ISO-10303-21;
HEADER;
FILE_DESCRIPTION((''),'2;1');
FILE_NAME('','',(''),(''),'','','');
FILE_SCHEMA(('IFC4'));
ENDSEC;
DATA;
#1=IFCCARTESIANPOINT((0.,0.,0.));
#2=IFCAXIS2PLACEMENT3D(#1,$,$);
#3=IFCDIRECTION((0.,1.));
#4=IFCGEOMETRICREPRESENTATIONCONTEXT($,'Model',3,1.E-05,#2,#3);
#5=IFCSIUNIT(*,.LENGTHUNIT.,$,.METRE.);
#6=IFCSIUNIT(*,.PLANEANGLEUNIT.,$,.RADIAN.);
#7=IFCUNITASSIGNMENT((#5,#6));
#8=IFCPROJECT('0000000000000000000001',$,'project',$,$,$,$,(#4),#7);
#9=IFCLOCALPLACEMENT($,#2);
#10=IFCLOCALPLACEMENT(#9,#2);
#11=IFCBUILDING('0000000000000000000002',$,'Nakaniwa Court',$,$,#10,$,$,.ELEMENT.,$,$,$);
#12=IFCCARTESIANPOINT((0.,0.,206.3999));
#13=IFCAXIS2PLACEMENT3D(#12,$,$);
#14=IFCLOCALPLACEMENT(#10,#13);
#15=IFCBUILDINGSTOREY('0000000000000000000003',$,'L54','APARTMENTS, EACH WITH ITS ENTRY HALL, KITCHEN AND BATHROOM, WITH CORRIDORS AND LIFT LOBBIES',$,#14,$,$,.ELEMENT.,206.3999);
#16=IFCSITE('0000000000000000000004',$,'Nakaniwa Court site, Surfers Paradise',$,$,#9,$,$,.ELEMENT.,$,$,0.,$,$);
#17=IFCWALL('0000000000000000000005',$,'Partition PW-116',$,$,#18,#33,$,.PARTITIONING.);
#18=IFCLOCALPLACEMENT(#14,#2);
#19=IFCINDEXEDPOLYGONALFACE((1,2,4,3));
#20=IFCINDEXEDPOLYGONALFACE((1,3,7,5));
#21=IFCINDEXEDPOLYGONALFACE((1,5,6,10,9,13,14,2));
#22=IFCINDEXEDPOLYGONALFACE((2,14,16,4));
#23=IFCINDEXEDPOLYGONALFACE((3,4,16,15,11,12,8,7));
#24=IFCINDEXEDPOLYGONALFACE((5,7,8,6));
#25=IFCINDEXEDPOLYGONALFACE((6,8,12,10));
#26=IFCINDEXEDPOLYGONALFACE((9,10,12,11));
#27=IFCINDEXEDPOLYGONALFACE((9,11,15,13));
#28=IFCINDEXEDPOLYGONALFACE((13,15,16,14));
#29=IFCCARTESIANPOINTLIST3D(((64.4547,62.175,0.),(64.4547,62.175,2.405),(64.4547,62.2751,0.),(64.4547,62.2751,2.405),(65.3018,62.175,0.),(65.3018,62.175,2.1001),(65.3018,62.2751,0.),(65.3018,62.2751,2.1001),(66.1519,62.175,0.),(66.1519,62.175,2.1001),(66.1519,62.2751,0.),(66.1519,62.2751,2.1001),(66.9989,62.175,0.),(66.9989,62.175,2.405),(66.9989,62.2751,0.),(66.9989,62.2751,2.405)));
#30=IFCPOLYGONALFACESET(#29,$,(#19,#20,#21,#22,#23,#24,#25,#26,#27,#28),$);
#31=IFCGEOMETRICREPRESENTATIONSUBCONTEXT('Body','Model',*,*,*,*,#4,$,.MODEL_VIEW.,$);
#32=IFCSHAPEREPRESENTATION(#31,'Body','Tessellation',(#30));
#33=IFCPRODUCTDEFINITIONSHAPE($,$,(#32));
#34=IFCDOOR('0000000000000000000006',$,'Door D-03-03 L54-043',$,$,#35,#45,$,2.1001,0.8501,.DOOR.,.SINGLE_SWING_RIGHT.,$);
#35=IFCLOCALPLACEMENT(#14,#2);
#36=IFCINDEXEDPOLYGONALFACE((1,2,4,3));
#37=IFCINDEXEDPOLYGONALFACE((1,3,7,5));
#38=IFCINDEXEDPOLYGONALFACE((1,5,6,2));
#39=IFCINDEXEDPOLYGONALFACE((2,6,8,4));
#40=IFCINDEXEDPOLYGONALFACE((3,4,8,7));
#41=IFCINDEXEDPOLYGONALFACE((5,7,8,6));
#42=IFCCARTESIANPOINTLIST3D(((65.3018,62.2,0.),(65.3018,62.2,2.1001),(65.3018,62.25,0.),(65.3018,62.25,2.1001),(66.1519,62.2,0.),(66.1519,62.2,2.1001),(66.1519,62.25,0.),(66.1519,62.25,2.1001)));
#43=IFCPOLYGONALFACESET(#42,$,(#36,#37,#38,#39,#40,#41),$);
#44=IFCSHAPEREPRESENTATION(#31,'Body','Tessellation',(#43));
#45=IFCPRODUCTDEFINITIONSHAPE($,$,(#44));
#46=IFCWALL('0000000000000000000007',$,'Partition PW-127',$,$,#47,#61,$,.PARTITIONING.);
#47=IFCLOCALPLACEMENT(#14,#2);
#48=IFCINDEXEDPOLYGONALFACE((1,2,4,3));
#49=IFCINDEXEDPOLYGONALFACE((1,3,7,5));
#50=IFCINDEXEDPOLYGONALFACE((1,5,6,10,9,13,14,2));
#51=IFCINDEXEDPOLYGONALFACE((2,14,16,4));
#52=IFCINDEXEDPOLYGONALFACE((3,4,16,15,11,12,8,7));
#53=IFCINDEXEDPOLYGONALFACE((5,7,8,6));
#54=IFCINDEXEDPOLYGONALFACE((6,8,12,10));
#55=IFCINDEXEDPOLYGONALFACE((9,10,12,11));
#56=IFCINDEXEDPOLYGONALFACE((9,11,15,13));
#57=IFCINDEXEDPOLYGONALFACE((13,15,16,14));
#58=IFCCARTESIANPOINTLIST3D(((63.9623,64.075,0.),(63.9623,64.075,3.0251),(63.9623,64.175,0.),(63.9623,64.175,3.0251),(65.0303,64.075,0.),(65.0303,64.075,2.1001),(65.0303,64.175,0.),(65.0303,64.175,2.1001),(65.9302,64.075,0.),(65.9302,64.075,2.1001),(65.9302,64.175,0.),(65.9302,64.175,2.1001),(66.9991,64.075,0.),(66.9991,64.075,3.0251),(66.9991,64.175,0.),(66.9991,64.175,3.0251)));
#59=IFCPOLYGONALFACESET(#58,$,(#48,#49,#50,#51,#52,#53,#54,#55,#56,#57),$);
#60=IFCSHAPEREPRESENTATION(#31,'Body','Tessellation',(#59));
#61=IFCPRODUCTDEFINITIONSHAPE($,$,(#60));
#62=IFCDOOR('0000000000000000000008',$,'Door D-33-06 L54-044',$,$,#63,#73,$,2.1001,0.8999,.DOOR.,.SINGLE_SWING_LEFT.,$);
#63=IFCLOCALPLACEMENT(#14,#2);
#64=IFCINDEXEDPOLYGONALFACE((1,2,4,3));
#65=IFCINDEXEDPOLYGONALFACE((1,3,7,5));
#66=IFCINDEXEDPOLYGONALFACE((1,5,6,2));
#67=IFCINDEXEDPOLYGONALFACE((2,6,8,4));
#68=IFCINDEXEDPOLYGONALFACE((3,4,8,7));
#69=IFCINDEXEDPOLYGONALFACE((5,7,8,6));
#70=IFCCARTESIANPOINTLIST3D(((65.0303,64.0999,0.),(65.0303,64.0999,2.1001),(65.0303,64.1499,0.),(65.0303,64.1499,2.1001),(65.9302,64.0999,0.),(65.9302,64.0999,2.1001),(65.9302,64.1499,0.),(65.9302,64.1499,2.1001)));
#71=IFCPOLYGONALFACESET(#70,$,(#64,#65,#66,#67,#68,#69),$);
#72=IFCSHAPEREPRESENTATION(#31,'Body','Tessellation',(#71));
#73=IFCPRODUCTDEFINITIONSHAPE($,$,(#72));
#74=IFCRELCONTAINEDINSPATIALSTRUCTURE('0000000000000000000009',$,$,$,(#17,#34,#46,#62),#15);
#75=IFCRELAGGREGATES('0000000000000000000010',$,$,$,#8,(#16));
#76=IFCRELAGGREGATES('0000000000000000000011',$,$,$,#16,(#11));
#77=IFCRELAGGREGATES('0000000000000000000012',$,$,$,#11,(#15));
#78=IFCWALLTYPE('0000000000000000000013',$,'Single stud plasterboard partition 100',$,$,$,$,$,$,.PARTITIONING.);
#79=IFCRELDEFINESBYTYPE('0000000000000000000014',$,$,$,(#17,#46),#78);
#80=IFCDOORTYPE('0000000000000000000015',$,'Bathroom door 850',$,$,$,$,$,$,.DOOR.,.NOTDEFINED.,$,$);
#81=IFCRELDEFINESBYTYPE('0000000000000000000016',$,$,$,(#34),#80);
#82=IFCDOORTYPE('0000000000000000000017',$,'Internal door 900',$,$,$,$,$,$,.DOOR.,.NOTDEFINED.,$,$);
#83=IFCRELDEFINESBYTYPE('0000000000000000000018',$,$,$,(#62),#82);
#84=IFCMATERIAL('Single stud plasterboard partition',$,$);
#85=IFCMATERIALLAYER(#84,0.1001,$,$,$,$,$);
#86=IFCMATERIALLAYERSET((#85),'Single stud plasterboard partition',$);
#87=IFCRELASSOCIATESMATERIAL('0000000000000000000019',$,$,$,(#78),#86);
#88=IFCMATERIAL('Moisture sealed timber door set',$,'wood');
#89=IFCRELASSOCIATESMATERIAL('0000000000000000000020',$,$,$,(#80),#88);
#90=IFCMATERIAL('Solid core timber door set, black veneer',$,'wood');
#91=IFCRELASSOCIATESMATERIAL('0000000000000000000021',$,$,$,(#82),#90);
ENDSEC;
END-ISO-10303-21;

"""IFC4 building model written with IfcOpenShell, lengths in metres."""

from ifc_helpers import new_model, si_unit, direction, frame, frame_2d, origin, place, context, subcontext, project, spatial, rectangle, extrude, material, layer, layer_set, type_object, element, fill, save


model = new_model("IFC4")

# Units and contexts
model_context = context("Model", 3, precision=1e-05, world=origin(), true_north=direction((0.0, 1.0)))
body_context = subcontext(model_context, "Body", "Model", "MODEL_VIEW")
ifc_project = project(units=[si_unit("LENGTHUNIT", "METRE"), si_unit("PLANEANGLEUNIT", "RADIAN")], contexts=[model_context])

# Site, building, storey
site_placement = place(None, origin())
site = spatial("IfcSite", under=ifc_project, at=site_placement, Name="Nakaniwa Court site, Surfers Paradise", CompositionType="ELEMENT", RefElevation=0.0)
building_placement = place(site_placement, origin())
building = spatial("IfcBuilding", under=site, at=building_placement, Name="Nakaniwa Court", CompositionType="ELEMENT")
storey_placement = place(building_placement, frame((0.0, 0.0, 206.3999)))
storey = spatial("IfcBuildingStorey", under=building, at=storey_placement, Name="L54", Description="APARTMENTS, EACH WITH ITS ENTRY HALL, KITCHEN AND BATHROOM, WITH CORRIDORS AND LIFT LOBBIES", CompositionType="ELEMENT", Elevation=206.3999)

# Shared definitions
ifc_material_1 = material(Name="Solid core timber door set, black veneer", Category="wood")

# Walls, openings, doors
ifc_material_2 = material(Name="Single stud plasterboard partition")
ifc_layer_1 = layer(ifc_material_2, 0.1001)
ifc_layer_set_1 = layer_set([ifc_layer_1], Name="Single stud plasterboard partition")
wall_type_1 = type_object("IfcWallType", Name="Single stud plasterboard partition 100", PredefinedType="PARTITIONING", material=ifc_layer_set_1)
wall_1_placement = place(storey_placement, frame((64.4548, 62.2251, 0.0), z_axis=(0.0, 0.0, 1.0), x_axis=(1.0, 0.0, 0.0)))
wall_1 = element("IfcWall", 1, at=wall_1_placement, inside=storey, type_object=wall_type_1, Name="Partition PW-116", PredefinedType="PARTITIONING", context=body_context, shape_type="SweptSolid", body=[
    extrude(rectangle(XDim=2.5442, YDim=0.1001, at=frame_2d((1.272, 0.0))), origin(), (0.0, 0.0, 1.0), 2.405),
])
opening_1_placement = place(wall_1_placement, frame((0.8469, 0.0, 0.0)))
opening_1 = element("IfcOpeningElement", 2, at=opening_1_placement, cuts=wall_1, PredefinedType="OPENING", context=body_context, shape_type="SweptSolid", body=[
    extrude(rectangle(XDim=0.8501, YDim=2.1001, at=frame_2d((0.425, 1.05))), frame((0.0, 0.0601, 0.0), z_axis=(0.0, -1.0, 0.0), x_axis=(1.0, 0.0, 0.0)), (0.0, 0.0, 1.0), 0.1201),
])
ifc_material_3 = material(Name="Moisture sealed timber door set", Category="wood")
door_type_1 = type_object("IfcDoorType", Name="Bathroom door 850", OperationType="NOTDEFINED", PredefinedType="DOOR", material=ifc_material_3)
door_1_placement = place(opening_1_placement, origin())
door_1 = element("IfcDoor", 3, at=door_1_placement, inside=storey, type_object=door_type_1, Name="Door D-03-03 L54-043", OperationType="SINGLE_SWING_RIGHT", OverallHeight=2.1001, OverallWidth=0.8501, PredefinedType="DOOR", context=body_context, shape_type="SweptSolid", body=[
    extrude(rectangle(XDim=0.8501, YDim=2.1001, at=frame_2d((0.425, 1.05))), frame((0.0, 0.0249, 0.0), z_axis=(0.0, -1.0, 0.0), x_axis=(1.0, 0.0, 0.0)), (0.0, 0.0, 1.0), 0.05),
])
fill(opening_1, door_1)
wall_2_placement = place(storey_placement, frame((63.9622, 64.125, 0.0), z_axis=(0.0, 0.0, 1.0), x_axis=(1.0, 0.0, 0.0)))
wall_2 = element("IfcWall", 4, at=wall_2_placement, inside=storey, type_object=wall_type_1, Name="Partition PW-127", PredefinedType="PARTITIONING", context=body_context, shape_type="SweptSolid", body=[
    extrude(rectangle(XDim=3.0369, YDim=0.1001, at=frame_2d((1.5186, 0.0))), origin(), (0.0, 0.0, 1.0), 3.0251),
])
opening_2_placement = place(wall_2_placement, frame((1.0681, 0.0, 0.0)))
opening_2 = element("IfcOpeningElement", 5, at=opening_2_placement, cuts=wall_2, PredefinedType="OPENING", context=body_context, shape_type="SweptSolid", body=[
    extrude(rectangle(XDim=0.8999, YDim=2.1001, at=frame_2d((0.45, 1.05))), frame((0.0, 0.0601, 0.0), z_axis=(0.0, -1.0, 0.0), x_axis=(1.0, 0.0, 0.0)), (0.0, 0.0, 1.0), 0.1201),
])
door_type_2 = type_object("IfcDoorType", Name="Internal door 900", OperationType="NOTDEFINED", PredefinedType="DOOR", material=ifc_material_1)
door_2_placement = place(opening_2_placement, origin())
door_2 = element("IfcDoor", 6, at=door_2_placement, inside=storey, type_object=door_type_2, Name="Door D-33-06 L54-044", OperationType="SINGLE_SWING_LEFT", OverallHeight=2.1001, OverallWidth=0.8999, PredefinedType="DOOR", context=body_context, shape_type="SweptSolid", body=[
    extrude(rectangle(XDim=0.8999, YDim=2.1001, at=frame_2d((0.45, 1.05))), frame((0.0, 0.0249, 0.0), z_axis=(0.0, -1.0, 0.0), x_axis=(1.0, 0.0, 0.0)), (0.0, 0.0, 1.0), 0.05),
])
fill(opening_2, door_2)

save(model, "model.ifc")
